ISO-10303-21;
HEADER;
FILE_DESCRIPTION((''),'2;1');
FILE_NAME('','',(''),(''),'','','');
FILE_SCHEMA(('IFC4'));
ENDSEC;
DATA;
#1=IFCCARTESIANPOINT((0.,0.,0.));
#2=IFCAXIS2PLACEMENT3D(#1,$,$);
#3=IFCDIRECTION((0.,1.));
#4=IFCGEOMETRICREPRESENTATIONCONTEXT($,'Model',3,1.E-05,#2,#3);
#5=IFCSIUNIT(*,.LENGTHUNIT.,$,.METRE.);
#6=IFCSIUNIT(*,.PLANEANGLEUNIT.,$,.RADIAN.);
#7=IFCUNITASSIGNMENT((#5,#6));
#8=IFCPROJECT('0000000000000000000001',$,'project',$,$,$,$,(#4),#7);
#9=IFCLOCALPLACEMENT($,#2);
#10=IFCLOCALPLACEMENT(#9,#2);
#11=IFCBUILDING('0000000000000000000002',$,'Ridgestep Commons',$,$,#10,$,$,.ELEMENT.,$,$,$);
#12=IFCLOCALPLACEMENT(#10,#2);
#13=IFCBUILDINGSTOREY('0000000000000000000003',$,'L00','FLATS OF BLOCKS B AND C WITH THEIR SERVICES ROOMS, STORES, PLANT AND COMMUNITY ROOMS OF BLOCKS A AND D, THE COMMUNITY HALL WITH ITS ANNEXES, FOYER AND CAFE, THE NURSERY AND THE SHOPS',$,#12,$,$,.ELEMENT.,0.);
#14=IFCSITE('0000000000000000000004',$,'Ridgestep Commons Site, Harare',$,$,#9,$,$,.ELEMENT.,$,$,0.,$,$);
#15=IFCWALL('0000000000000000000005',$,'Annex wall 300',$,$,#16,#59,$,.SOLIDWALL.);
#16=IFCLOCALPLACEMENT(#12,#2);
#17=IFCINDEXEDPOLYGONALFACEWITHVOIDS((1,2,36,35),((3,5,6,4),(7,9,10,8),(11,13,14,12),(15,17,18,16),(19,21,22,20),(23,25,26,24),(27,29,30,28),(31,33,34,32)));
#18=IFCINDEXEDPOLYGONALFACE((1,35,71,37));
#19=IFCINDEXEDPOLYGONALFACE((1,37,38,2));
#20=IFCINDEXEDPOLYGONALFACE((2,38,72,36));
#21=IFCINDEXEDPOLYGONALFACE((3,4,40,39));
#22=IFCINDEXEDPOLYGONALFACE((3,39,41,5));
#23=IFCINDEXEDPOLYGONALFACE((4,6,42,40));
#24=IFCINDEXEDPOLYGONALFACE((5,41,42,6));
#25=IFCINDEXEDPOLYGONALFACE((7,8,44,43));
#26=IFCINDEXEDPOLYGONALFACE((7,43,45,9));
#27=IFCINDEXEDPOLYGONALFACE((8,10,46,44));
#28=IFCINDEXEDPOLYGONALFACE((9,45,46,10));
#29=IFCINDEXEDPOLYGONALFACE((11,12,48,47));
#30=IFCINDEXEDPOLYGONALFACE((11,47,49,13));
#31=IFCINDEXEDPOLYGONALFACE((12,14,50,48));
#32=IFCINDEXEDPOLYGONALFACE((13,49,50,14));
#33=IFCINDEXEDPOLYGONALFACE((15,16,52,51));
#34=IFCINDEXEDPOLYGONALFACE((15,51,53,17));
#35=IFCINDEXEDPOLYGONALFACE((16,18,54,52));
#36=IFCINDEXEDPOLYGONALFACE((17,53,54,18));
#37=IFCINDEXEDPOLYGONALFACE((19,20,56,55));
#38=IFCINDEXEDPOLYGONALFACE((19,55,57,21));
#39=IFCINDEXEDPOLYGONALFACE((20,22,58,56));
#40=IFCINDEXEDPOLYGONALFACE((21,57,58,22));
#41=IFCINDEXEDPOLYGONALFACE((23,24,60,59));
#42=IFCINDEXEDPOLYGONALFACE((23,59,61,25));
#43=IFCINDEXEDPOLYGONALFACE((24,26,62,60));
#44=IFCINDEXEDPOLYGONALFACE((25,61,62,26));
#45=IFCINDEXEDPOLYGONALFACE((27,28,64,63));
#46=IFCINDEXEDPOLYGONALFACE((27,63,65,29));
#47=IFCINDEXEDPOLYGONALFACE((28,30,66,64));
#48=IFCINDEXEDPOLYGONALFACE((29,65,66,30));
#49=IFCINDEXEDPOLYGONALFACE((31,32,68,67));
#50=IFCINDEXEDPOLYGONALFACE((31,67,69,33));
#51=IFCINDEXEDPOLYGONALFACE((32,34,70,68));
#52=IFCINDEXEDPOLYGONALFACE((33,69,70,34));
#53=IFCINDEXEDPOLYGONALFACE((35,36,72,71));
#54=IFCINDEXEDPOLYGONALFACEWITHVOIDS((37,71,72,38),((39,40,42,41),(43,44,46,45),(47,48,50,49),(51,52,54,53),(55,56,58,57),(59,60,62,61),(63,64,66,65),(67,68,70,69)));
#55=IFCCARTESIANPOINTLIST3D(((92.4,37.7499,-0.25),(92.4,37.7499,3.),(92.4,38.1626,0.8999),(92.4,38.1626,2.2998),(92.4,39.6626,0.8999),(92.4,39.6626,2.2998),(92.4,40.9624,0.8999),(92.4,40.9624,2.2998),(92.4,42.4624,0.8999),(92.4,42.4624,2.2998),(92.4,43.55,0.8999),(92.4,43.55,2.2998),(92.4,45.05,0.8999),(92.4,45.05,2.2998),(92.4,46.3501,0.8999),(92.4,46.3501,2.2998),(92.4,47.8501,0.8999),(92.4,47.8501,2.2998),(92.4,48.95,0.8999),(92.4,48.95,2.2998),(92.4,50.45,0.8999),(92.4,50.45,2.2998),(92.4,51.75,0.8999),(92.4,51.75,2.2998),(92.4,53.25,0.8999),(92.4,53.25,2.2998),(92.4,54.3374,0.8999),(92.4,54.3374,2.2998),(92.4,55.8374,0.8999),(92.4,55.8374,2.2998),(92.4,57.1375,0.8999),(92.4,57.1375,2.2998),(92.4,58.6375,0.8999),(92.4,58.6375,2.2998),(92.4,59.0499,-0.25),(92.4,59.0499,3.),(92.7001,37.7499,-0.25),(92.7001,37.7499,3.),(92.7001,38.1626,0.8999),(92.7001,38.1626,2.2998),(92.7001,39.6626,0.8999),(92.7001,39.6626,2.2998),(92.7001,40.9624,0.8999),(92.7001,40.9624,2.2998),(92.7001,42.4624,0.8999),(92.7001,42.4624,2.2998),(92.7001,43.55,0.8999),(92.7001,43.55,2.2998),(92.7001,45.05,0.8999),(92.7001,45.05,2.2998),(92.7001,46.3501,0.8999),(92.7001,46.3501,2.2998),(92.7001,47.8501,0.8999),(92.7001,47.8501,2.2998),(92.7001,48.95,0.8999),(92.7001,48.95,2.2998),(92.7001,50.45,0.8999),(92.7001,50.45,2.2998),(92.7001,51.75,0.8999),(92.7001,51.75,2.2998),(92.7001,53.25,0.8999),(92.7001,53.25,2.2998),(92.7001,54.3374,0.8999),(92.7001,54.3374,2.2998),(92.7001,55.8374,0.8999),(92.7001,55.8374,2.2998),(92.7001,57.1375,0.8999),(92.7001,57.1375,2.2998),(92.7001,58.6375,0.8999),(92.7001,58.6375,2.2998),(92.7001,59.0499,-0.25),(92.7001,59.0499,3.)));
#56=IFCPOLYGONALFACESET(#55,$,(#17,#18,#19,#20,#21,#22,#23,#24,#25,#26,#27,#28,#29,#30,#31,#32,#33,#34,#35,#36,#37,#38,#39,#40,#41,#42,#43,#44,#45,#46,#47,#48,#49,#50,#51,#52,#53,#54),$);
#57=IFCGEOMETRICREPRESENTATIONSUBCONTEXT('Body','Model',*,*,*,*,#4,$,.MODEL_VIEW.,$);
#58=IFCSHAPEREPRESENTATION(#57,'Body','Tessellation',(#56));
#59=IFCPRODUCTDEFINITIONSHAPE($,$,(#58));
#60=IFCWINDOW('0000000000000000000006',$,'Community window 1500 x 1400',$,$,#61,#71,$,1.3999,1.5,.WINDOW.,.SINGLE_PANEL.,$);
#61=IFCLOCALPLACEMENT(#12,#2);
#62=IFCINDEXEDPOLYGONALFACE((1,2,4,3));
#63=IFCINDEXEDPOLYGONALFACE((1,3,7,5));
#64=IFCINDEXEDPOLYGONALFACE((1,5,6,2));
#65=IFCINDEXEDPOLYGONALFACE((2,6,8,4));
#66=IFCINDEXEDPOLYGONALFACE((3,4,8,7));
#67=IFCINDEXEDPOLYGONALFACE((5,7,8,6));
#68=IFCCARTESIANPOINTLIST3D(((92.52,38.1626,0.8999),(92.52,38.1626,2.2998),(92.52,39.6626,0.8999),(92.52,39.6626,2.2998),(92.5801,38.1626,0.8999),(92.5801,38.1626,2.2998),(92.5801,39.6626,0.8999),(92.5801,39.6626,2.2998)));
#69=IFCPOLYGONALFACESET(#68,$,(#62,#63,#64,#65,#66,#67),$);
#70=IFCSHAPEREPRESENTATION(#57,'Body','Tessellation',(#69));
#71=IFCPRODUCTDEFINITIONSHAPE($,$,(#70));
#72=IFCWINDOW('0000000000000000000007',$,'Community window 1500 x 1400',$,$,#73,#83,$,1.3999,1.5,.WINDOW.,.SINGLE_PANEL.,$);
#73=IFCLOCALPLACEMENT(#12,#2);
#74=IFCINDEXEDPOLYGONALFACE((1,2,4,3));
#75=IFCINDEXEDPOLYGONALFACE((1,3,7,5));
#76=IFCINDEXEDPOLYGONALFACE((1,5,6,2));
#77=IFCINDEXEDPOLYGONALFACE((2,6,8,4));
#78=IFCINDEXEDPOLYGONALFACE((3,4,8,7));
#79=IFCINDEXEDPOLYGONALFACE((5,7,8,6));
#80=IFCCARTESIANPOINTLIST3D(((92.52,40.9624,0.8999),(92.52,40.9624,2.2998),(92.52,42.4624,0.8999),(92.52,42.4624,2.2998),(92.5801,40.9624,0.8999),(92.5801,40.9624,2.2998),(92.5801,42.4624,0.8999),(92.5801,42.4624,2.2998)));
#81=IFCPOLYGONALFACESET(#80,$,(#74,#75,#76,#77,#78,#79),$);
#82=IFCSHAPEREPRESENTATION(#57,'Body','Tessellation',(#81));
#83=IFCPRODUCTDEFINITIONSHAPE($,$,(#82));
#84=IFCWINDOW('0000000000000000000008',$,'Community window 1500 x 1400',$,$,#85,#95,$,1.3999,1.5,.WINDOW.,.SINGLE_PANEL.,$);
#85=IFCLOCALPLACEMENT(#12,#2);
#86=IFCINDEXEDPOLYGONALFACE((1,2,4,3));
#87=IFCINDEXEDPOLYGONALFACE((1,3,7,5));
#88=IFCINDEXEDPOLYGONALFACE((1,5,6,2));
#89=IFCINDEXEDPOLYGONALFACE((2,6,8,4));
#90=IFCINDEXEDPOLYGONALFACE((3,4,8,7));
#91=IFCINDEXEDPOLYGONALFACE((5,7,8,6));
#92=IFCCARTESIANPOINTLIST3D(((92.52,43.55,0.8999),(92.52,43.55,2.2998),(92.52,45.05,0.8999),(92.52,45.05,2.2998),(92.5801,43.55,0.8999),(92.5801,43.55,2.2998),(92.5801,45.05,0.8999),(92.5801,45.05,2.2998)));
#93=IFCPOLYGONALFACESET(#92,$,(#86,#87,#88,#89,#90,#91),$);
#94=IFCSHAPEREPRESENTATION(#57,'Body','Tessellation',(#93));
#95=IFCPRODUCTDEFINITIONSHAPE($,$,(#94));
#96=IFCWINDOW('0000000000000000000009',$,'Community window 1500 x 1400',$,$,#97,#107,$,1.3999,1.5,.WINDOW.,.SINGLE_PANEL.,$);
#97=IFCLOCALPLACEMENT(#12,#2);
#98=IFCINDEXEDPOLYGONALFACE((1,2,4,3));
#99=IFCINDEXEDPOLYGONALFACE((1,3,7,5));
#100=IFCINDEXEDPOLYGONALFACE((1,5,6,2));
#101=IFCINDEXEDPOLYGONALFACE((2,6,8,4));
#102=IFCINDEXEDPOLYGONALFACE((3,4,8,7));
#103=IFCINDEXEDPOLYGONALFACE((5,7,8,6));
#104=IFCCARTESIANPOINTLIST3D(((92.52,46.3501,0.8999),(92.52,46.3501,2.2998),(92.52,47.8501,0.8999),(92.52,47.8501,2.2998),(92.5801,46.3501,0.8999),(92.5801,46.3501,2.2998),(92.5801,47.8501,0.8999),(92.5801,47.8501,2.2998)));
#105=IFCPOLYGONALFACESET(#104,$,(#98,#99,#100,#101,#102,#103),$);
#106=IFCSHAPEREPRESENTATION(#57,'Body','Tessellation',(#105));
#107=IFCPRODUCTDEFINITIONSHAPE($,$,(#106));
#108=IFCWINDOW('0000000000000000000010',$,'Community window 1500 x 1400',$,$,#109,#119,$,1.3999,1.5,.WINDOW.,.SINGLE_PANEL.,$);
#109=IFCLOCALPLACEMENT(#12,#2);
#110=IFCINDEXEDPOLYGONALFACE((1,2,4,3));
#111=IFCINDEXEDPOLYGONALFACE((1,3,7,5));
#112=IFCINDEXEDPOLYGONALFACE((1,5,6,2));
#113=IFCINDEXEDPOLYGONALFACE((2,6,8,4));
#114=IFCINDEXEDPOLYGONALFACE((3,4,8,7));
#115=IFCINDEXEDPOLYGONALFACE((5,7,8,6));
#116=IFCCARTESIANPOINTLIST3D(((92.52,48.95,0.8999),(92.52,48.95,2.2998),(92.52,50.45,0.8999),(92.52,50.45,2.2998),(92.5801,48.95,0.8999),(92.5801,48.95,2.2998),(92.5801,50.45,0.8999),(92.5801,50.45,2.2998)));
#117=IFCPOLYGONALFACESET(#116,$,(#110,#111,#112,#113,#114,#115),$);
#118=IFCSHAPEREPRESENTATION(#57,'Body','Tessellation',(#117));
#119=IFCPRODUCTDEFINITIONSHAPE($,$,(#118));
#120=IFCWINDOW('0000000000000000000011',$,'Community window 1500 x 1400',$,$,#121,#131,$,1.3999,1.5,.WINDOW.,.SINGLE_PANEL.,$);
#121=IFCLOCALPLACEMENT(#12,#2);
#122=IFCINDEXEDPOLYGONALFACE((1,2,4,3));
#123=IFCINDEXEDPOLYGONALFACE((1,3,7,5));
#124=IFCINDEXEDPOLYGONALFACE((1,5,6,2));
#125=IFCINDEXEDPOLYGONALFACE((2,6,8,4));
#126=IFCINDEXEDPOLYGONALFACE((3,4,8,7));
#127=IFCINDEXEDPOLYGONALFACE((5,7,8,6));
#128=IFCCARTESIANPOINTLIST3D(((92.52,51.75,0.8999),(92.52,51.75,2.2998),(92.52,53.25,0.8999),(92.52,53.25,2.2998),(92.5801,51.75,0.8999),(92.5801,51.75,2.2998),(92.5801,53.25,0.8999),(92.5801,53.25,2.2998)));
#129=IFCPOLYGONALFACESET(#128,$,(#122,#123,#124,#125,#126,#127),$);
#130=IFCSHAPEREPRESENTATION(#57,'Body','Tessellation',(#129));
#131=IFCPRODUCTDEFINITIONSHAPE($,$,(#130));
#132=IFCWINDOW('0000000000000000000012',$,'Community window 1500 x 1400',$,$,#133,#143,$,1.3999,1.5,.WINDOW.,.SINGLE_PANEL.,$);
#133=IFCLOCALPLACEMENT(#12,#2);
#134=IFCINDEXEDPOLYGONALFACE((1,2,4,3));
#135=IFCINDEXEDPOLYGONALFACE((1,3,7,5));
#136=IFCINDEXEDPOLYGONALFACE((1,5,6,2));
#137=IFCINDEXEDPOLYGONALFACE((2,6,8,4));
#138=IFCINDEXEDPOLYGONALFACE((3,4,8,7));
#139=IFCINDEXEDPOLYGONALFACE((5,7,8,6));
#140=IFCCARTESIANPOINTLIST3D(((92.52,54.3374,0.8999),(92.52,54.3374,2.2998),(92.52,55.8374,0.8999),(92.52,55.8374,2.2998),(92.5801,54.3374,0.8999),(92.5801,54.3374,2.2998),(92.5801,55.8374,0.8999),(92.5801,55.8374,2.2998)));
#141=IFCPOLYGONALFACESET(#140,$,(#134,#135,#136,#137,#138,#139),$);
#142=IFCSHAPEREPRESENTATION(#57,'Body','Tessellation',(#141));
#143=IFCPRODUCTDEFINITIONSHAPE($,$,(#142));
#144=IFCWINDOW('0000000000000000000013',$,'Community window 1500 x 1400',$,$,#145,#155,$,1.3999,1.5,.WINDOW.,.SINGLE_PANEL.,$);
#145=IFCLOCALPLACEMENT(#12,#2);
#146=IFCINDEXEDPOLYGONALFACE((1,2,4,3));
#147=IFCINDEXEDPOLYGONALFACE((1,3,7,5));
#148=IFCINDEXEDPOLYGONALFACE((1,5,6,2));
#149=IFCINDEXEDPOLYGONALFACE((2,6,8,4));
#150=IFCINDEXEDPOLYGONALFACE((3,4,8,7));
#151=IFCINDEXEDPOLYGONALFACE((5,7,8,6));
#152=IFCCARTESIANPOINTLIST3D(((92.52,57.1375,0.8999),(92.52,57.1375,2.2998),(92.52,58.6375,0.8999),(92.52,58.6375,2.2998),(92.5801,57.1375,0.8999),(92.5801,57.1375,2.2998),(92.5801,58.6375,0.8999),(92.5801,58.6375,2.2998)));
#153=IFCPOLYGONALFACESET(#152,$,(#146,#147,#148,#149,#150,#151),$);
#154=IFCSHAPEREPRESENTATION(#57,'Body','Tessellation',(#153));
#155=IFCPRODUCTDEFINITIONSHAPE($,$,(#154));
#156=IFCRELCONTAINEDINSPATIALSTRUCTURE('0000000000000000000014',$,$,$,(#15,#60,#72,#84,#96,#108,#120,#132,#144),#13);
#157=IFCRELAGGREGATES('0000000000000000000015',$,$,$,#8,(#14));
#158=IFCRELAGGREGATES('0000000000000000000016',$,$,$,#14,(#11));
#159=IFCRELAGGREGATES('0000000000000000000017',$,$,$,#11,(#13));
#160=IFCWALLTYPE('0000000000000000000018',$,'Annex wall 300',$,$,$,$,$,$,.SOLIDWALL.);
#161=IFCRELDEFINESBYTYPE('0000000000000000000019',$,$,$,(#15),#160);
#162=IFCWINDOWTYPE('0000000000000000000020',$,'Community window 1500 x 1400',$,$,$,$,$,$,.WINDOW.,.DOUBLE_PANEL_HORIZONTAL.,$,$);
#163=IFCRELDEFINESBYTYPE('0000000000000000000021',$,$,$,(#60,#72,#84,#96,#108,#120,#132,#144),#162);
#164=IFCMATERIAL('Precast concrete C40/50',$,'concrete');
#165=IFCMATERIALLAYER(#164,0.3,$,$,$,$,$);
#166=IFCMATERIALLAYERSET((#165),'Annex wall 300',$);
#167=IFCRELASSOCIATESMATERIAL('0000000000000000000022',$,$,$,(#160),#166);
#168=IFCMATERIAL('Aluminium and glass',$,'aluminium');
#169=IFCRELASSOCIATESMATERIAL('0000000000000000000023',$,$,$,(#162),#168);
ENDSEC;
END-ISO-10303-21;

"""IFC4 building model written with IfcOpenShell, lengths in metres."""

from ifc_helpers import new_model, si_unit, direction, frame, frame_2d, origin, place, context, subcontext, project, spatial, rectangle, extrude, material, layer, layer_set, type_object, element, fill, save


model = new_model("IFC4")

# Units and contexts
model_context = context("Model", 3, precision=1e-05, world=origin(), true_north=direction((0.0, 1.0)))
body_context = subcontext(model_context, "Body", "Model", "MODEL_VIEW")
ifc_project = project(units=[si_unit("LENGTHUNIT", "METRE"), si_unit("PLANEANGLEUNIT", "RADIAN")], contexts=[model_context])

# Site, building, storey
site_placement = place(None, origin())
site = spatial("IfcSite", under=ifc_project, at=site_placement, Name="Ridgestep Commons Site, Harare", CompositionType="ELEMENT", RefElevation=0.0)
building_placement = place(site_placement, origin())
building = spatial("IfcBuilding", under=site, at=building_placement, Name="Ridgestep Commons", CompositionType="ELEMENT")
storey_placement = place(building_placement, origin())
storey = spatial("IfcBuildingStorey", under=building, at=storey_placement, Name="L00", Description="FLATS OF BLOCKS B AND C WITH THEIR SERVICES ROOMS, STORES, PLANT AND COMMUNITY ROOMS OF BLOCKS A AND D, THE COMMUNITY HALL WITH ITS ANNEXES, FOYER AND CAFE, THE NURSERY AND THE SHOPS", CompositionType="ELEMENT", Elevation=0.0)

# Wall, openings, windows
ifc_material_1 = material(Name="Precast concrete C40/50", Category="concrete")
ifc_layer_1 = layer(ifc_material_1, 0.3)
ifc_layer_set_1 = layer_set([ifc_layer_1], Name="Annex wall 300")
wall_type_1 = type_object("IfcWallType", Name="Annex wall 300", PredefinedType="SOLIDWALL", material=ifc_layer_set_1)
wall_1_placement = place(storey_placement, frame((92.55, 37.75, -0.25), z_axis=(0.0, 0.0, 1.0), x_axis=(0.0, 1.0, 0.0)))
wall_1 = element("IfcWall", 1, at=wall_1_placement, inside=storey, type_object=wall_type_1, Name="Annex wall 300", PredefinedType="SOLIDWALL", context=body_context, shape_type="SweptSolid", body=[
    extrude(rectangle(XDim=21.3, YDim=0.3, at=frame_2d((10.6499, 0.0))), origin(), (0.0, 0.0, 1.0), 3.25),
])
opening_1_placement = place(wall_1_placement, frame((0.4126, 0.0, 1.1499)))
opening_1 = element("IfcOpeningElement", 2, at=opening_1_placement, cuts=wall_1, PredefinedType="OPENING", context=body_context, shape_type="SweptSolid", body=[
    extrude(rectangle(XDim=1.5, YDim=1.3999, at=frame_2d((0.75, 0.7))), frame((0.0, 0.1599, 0.0), z_axis=(0.0, -1.0, 0.0), x_axis=(1.0, 0.0, 0.0)), (0.0, 0.0, 1.0), 0.3201),
])
opening_2_placement = place(wall_1_placement, frame((3.2124, 0.0, 1.1499)))
opening_2 = element("IfcOpeningElement", 3, at=opening_2_placement, cuts=wall_1, PredefinedType="OPENING", context=body_context, shape_type="SweptSolid", body=[
    extrude(rectangle(XDim=1.5, YDim=1.3999, at=frame_2d((0.75, 0.7))), frame((0.0, 0.1599, 0.0), z_axis=(0.0, -1.0, 0.0), x_axis=(1.0, 0.0, 0.0)), (0.0, 0.0, 1.0), 0.3201),
])
opening_3_placement = place(wall_1_placement, frame((5.8, 0.0, 1.1499)))
opening_3 = element("IfcOpeningElement", 4, at=opening_3_placement, cuts=wall_1, PredefinedType="OPENING", context=body_context, shape_type="SweptSolid", body=[
    extrude(rectangle(XDim=1.5, YDim=1.3999, at=frame_2d((0.75, 0.7))), frame((0.0, 0.1599, 0.0), z_axis=(0.0, -1.0, 0.0), x_axis=(1.0, 0.0, 0.0)), (0.0, 0.0, 1.0), 0.3201),
])
opening_4_placement = place(wall_1_placement, frame((8.6001, 0.0, 1.1499)))
opening_4 = element("IfcOpeningElement", 5, at=opening_4_placement, cuts=wall_1, PredefinedType="OPENING", context=body_context, shape_type="SweptSolid", body=[
    extrude(rectangle(XDim=1.5, YDim=1.3999, at=frame_2d((0.75, 0.7))), frame((0.0, 0.1599, 0.0), z_axis=(0.0, -1.0, 0.0), x_axis=(1.0, 0.0, 0.0)), (0.0, 0.0, 1.0), 0.3201),
])
opening_5_placement = place(wall_1_placement, frame((11.2, 0.0, 1.1499)))
opening_5 = element("IfcOpeningElement", 6, at=opening_5_placement, cuts=wall_1, PredefinedType="OPENING", context=body_context, shape_type="SweptSolid", body=[
    extrude(rectangle(XDim=1.5, YDim=1.3999, at=frame_2d((0.75, 0.7))), frame((0.0, 0.1599, 0.0), z_axis=(0.0, -1.0, 0.0), x_axis=(1.0, 0.0, 0.0)), (0.0, 0.0, 1.0), 0.3201),
])
opening_6_placement = place(wall_1_placement, frame((14.0, 0.0, 1.1499)))
opening_6 = element("IfcOpeningElement", 7, at=opening_6_placement, cuts=wall_1, PredefinedType="OPENING", context=body_context, shape_type="SweptSolid", body=[
    extrude(rectangle(XDim=1.5, YDim=1.3999, at=frame_2d((0.75, 0.7))), frame((0.0, 0.1599, 0.0), z_axis=(0.0, -1.0, 0.0), x_axis=(1.0, 0.0, 0.0)), (0.0, 0.0, 1.0), 0.3201),
])
opening_7_placement = place(wall_1_placement, frame((16.5874, 0.0, 1.1499)))
opening_7 = element("IfcOpeningElement", 8, at=opening_7_placement, cuts=wall_1, PredefinedType="OPENING", context=body_context, shape_type="SweptSolid", body=[
    extrude(rectangle(XDim=1.5, YDim=1.3999, at=frame_2d((0.75, 0.7))), frame((0.0, 0.1599, 0.0), z_axis=(0.0, -1.0, 0.0), x_axis=(1.0, 0.0, 0.0)), (0.0, 0.0, 1.0), 0.3201),
])
opening_8_placement = place(wall_1_placement, frame((19.3875, 0.0, 1.1499)))
opening_8 = element("IfcOpeningElement", 9, at=opening_8_placement, cuts=wall_1, PredefinedType="OPENING", context=body_context, shape_type="SweptSolid", body=[
    extrude(rectangle(XDim=1.5, YDim=1.3999, at=frame_2d((0.75, 0.7))), frame((0.0, 0.1599, 0.0), z_axis=(0.0, -1.0, 0.0), x_axis=(1.0, 0.0, 0.0)), (0.0, 0.0, 1.0), 0.3201),
])
ifc_material_2 = material(Name="Aluminium and glass", Category="aluminium")
window_type = type_object("IfcWindowType", Name="Community window 1500 x 1400", PartitioningType="DOUBLE_PANEL_HORIZONTAL", PredefinedType="WINDOW", material=ifc_material_2)
window_1_placement = place(opening_1_placement, origin())
window_1 = element("IfcWindow", 10, at=window_1_placement, inside=storey, type_object=window_type, Name="Community window 1500 x 1400", OverallHeight=1.3999, OverallWidth=1.5, PartitioningType="SINGLE_PANEL", PredefinedType="WINDOW", context=body_context, shape_type="SweptSolid", body=[
    extrude(rectangle(XDim=1.5, YDim=1.3999, at=frame_2d((0.75, 0.7))), frame((0.0, 0.03, 0.0), z_axis=(0.0, -1.0, 0.0), x_axis=(1.0, 0.0, 0.0)), (0.0, 0.0, 1.0), 0.0601),
])
fill(opening_1, window_1)
window_2_placement = place(opening_2_placement, origin())
window_2 = element("IfcWindow", 11, at=window_2_placement, inside=storey, type_object=window_type, Name="Community window 1500 x 1400", OverallHeight=1.3999, OverallWidth=1.5, PartitioningType="SINGLE_PANEL", PredefinedType="WINDOW", context=body_context, shape_type="SweptSolid", body=[
    extrude(rectangle(XDim=1.5, YDim=1.3999, at=frame_2d((0.75, 0.7))), frame((0.0, 0.03, 0.0), z_axis=(0.0, -1.0, 0.0), x_axis=(1.0, 0.0, 0.0)), (0.0, 0.0, 1.0), 0.0601),
])
fill(opening_2, window_2)
window_3_placement = place(opening_3_placement, origin())
window_3 = element("IfcWindow", 12, at=window_3_placement, inside=storey, type_object=window_type, Name="Community window 1500 x 1400", OverallHeight=1.3999, OverallWidth=1.5, PartitioningType="SINGLE_PANEL", PredefinedType="WINDOW", context=body_context, shape_type="SweptSolid", body=[
    extrude(rectangle(XDim=1.5, YDim=1.3999, at=frame_2d((0.75, 0.7))), frame((0.0, 0.03, 0.0), z_axis=(0.0, -1.0, 0.0), x_axis=(1.0, 0.0, 0.0)), (0.0, 0.0, 1.0), 0.0601),
])
fill(opening_3, window_3)
window_4_placement = place(opening_4_placement, origin())
window_4 = element("IfcWindow", 13, at=window_4_placement, inside=storey, type_object=window_type, Name="Community window 1500 x 1400", OverallHeight=1.3999, OverallWidth=1.5, PartitioningType="SINGLE_PANEL", PredefinedType="WINDOW", context=body_context, shape_type="SweptSolid", body=[
    extrude(rectangle(XDim=1.5, YDim=1.3999, at=frame_2d((0.75, 0.7))), frame((0.0, 0.03, 0.0), z_axis=(0.0, -1.0, 0.0), x_axis=(1.0, 0.0, 0.0)), (0.0, 0.0, 1.0), 0.0601),
])
fill(opening_4, window_4)
window_5_placement = place(opening_5_placement, origin())
window_5 = element("IfcWindow", 14, at=window_5_placement, inside=storey, type_object=window_type, Name="Community window 1500 x 1400", OverallHeight=1.3999, OverallWidth=1.5, PartitioningType="SINGLE_PANEL", PredefinedType="WINDOW", context=body_context, shape_type="SweptSolid", body=[
    extrude(rectangle(XDim=1.5, YDim=1.3999, at=frame_2d((0.75, 0.7))), frame((0.0, 0.03, 0.0), z_axis=(0.0, -1.0, 0.0), x_axis=(1.0, 0.0, 0.0)), (0.0, 0.0, 1.0), 0.0601),
])
fill(opening_5, window_5)
window_6_placement = place(opening_6_placement, origin())
window_6 = element("IfcWindow", 15, at=window_6_placement, inside=storey, type_object=window_type, Name="Community window 1500 x 1400", OverallHeight=1.3999, OverallWidth=1.5, PartitioningType="SINGLE_PANEL", PredefinedType="WINDOW", context=body_context, shape_type="SweptSolid", body=[
    extrude(rectangle(XDim=1.5, YDim=1.3999, at=frame_2d((0.75, 0.7))), frame((0.0, 0.03, 0.0), z_axis=(0.0, -1.0, 0.0), x_axis=(1.0, 0.0, 0.0)), (0.0, 0.0, 1.0), 0.0601),
])
fill(opening_6, window_6)
window_7_placement = place(opening_7_placement, origin())
window_7 = element("IfcWindow", 16, at=window_7_placement, inside=storey, type_object=window_type, Name="Community window 1500 x 1400", OverallHeight=1.3999, OverallWidth=1.5, PartitioningType="SINGLE_PANEL", PredefinedType="WINDOW", context=body_context, shape_type="SweptSolid", body=[
    extrude(rectangle(XDim=1.5, YDim=1.3999, at=frame_2d((0.75, 0.7))), frame((0.0, 0.03, 0.0), z_axis=(0.0, -1.0, 0.0), x_axis=(1.0, 0.0, 0.0)), (0.0, 0.0, 1.0), 0.0601),
])
fill(opening_7, window_7)
window_8_placement = place(opening_8_placement, origin())
window_8 = element("IfcWindow", 17, at=window_8_placement, inside=storey, type_object=window_type, Name="Community window 1500 x 1400", OverallHeight=1.3999, OverallWidth=1.5, PartitioningType="SINGLE_PANEL", PredefinedType="WINDOW", context=body_context, shape_type="SweptSolid", body=[
    extrude(rectangle(XDim=1.5, YDim=1.3999, at=frame_2d((0.75, 0.7))), frame((0.0, 0.03, 0.0), z_axis=(0.0, -1.0, 0.0), x_axis=(1.0, 0.0, 0.0)), (0.0, 0.0, 1.0), 0.0601),
])
fill(opening_8, window_8)

save(model, "model.ifc")
